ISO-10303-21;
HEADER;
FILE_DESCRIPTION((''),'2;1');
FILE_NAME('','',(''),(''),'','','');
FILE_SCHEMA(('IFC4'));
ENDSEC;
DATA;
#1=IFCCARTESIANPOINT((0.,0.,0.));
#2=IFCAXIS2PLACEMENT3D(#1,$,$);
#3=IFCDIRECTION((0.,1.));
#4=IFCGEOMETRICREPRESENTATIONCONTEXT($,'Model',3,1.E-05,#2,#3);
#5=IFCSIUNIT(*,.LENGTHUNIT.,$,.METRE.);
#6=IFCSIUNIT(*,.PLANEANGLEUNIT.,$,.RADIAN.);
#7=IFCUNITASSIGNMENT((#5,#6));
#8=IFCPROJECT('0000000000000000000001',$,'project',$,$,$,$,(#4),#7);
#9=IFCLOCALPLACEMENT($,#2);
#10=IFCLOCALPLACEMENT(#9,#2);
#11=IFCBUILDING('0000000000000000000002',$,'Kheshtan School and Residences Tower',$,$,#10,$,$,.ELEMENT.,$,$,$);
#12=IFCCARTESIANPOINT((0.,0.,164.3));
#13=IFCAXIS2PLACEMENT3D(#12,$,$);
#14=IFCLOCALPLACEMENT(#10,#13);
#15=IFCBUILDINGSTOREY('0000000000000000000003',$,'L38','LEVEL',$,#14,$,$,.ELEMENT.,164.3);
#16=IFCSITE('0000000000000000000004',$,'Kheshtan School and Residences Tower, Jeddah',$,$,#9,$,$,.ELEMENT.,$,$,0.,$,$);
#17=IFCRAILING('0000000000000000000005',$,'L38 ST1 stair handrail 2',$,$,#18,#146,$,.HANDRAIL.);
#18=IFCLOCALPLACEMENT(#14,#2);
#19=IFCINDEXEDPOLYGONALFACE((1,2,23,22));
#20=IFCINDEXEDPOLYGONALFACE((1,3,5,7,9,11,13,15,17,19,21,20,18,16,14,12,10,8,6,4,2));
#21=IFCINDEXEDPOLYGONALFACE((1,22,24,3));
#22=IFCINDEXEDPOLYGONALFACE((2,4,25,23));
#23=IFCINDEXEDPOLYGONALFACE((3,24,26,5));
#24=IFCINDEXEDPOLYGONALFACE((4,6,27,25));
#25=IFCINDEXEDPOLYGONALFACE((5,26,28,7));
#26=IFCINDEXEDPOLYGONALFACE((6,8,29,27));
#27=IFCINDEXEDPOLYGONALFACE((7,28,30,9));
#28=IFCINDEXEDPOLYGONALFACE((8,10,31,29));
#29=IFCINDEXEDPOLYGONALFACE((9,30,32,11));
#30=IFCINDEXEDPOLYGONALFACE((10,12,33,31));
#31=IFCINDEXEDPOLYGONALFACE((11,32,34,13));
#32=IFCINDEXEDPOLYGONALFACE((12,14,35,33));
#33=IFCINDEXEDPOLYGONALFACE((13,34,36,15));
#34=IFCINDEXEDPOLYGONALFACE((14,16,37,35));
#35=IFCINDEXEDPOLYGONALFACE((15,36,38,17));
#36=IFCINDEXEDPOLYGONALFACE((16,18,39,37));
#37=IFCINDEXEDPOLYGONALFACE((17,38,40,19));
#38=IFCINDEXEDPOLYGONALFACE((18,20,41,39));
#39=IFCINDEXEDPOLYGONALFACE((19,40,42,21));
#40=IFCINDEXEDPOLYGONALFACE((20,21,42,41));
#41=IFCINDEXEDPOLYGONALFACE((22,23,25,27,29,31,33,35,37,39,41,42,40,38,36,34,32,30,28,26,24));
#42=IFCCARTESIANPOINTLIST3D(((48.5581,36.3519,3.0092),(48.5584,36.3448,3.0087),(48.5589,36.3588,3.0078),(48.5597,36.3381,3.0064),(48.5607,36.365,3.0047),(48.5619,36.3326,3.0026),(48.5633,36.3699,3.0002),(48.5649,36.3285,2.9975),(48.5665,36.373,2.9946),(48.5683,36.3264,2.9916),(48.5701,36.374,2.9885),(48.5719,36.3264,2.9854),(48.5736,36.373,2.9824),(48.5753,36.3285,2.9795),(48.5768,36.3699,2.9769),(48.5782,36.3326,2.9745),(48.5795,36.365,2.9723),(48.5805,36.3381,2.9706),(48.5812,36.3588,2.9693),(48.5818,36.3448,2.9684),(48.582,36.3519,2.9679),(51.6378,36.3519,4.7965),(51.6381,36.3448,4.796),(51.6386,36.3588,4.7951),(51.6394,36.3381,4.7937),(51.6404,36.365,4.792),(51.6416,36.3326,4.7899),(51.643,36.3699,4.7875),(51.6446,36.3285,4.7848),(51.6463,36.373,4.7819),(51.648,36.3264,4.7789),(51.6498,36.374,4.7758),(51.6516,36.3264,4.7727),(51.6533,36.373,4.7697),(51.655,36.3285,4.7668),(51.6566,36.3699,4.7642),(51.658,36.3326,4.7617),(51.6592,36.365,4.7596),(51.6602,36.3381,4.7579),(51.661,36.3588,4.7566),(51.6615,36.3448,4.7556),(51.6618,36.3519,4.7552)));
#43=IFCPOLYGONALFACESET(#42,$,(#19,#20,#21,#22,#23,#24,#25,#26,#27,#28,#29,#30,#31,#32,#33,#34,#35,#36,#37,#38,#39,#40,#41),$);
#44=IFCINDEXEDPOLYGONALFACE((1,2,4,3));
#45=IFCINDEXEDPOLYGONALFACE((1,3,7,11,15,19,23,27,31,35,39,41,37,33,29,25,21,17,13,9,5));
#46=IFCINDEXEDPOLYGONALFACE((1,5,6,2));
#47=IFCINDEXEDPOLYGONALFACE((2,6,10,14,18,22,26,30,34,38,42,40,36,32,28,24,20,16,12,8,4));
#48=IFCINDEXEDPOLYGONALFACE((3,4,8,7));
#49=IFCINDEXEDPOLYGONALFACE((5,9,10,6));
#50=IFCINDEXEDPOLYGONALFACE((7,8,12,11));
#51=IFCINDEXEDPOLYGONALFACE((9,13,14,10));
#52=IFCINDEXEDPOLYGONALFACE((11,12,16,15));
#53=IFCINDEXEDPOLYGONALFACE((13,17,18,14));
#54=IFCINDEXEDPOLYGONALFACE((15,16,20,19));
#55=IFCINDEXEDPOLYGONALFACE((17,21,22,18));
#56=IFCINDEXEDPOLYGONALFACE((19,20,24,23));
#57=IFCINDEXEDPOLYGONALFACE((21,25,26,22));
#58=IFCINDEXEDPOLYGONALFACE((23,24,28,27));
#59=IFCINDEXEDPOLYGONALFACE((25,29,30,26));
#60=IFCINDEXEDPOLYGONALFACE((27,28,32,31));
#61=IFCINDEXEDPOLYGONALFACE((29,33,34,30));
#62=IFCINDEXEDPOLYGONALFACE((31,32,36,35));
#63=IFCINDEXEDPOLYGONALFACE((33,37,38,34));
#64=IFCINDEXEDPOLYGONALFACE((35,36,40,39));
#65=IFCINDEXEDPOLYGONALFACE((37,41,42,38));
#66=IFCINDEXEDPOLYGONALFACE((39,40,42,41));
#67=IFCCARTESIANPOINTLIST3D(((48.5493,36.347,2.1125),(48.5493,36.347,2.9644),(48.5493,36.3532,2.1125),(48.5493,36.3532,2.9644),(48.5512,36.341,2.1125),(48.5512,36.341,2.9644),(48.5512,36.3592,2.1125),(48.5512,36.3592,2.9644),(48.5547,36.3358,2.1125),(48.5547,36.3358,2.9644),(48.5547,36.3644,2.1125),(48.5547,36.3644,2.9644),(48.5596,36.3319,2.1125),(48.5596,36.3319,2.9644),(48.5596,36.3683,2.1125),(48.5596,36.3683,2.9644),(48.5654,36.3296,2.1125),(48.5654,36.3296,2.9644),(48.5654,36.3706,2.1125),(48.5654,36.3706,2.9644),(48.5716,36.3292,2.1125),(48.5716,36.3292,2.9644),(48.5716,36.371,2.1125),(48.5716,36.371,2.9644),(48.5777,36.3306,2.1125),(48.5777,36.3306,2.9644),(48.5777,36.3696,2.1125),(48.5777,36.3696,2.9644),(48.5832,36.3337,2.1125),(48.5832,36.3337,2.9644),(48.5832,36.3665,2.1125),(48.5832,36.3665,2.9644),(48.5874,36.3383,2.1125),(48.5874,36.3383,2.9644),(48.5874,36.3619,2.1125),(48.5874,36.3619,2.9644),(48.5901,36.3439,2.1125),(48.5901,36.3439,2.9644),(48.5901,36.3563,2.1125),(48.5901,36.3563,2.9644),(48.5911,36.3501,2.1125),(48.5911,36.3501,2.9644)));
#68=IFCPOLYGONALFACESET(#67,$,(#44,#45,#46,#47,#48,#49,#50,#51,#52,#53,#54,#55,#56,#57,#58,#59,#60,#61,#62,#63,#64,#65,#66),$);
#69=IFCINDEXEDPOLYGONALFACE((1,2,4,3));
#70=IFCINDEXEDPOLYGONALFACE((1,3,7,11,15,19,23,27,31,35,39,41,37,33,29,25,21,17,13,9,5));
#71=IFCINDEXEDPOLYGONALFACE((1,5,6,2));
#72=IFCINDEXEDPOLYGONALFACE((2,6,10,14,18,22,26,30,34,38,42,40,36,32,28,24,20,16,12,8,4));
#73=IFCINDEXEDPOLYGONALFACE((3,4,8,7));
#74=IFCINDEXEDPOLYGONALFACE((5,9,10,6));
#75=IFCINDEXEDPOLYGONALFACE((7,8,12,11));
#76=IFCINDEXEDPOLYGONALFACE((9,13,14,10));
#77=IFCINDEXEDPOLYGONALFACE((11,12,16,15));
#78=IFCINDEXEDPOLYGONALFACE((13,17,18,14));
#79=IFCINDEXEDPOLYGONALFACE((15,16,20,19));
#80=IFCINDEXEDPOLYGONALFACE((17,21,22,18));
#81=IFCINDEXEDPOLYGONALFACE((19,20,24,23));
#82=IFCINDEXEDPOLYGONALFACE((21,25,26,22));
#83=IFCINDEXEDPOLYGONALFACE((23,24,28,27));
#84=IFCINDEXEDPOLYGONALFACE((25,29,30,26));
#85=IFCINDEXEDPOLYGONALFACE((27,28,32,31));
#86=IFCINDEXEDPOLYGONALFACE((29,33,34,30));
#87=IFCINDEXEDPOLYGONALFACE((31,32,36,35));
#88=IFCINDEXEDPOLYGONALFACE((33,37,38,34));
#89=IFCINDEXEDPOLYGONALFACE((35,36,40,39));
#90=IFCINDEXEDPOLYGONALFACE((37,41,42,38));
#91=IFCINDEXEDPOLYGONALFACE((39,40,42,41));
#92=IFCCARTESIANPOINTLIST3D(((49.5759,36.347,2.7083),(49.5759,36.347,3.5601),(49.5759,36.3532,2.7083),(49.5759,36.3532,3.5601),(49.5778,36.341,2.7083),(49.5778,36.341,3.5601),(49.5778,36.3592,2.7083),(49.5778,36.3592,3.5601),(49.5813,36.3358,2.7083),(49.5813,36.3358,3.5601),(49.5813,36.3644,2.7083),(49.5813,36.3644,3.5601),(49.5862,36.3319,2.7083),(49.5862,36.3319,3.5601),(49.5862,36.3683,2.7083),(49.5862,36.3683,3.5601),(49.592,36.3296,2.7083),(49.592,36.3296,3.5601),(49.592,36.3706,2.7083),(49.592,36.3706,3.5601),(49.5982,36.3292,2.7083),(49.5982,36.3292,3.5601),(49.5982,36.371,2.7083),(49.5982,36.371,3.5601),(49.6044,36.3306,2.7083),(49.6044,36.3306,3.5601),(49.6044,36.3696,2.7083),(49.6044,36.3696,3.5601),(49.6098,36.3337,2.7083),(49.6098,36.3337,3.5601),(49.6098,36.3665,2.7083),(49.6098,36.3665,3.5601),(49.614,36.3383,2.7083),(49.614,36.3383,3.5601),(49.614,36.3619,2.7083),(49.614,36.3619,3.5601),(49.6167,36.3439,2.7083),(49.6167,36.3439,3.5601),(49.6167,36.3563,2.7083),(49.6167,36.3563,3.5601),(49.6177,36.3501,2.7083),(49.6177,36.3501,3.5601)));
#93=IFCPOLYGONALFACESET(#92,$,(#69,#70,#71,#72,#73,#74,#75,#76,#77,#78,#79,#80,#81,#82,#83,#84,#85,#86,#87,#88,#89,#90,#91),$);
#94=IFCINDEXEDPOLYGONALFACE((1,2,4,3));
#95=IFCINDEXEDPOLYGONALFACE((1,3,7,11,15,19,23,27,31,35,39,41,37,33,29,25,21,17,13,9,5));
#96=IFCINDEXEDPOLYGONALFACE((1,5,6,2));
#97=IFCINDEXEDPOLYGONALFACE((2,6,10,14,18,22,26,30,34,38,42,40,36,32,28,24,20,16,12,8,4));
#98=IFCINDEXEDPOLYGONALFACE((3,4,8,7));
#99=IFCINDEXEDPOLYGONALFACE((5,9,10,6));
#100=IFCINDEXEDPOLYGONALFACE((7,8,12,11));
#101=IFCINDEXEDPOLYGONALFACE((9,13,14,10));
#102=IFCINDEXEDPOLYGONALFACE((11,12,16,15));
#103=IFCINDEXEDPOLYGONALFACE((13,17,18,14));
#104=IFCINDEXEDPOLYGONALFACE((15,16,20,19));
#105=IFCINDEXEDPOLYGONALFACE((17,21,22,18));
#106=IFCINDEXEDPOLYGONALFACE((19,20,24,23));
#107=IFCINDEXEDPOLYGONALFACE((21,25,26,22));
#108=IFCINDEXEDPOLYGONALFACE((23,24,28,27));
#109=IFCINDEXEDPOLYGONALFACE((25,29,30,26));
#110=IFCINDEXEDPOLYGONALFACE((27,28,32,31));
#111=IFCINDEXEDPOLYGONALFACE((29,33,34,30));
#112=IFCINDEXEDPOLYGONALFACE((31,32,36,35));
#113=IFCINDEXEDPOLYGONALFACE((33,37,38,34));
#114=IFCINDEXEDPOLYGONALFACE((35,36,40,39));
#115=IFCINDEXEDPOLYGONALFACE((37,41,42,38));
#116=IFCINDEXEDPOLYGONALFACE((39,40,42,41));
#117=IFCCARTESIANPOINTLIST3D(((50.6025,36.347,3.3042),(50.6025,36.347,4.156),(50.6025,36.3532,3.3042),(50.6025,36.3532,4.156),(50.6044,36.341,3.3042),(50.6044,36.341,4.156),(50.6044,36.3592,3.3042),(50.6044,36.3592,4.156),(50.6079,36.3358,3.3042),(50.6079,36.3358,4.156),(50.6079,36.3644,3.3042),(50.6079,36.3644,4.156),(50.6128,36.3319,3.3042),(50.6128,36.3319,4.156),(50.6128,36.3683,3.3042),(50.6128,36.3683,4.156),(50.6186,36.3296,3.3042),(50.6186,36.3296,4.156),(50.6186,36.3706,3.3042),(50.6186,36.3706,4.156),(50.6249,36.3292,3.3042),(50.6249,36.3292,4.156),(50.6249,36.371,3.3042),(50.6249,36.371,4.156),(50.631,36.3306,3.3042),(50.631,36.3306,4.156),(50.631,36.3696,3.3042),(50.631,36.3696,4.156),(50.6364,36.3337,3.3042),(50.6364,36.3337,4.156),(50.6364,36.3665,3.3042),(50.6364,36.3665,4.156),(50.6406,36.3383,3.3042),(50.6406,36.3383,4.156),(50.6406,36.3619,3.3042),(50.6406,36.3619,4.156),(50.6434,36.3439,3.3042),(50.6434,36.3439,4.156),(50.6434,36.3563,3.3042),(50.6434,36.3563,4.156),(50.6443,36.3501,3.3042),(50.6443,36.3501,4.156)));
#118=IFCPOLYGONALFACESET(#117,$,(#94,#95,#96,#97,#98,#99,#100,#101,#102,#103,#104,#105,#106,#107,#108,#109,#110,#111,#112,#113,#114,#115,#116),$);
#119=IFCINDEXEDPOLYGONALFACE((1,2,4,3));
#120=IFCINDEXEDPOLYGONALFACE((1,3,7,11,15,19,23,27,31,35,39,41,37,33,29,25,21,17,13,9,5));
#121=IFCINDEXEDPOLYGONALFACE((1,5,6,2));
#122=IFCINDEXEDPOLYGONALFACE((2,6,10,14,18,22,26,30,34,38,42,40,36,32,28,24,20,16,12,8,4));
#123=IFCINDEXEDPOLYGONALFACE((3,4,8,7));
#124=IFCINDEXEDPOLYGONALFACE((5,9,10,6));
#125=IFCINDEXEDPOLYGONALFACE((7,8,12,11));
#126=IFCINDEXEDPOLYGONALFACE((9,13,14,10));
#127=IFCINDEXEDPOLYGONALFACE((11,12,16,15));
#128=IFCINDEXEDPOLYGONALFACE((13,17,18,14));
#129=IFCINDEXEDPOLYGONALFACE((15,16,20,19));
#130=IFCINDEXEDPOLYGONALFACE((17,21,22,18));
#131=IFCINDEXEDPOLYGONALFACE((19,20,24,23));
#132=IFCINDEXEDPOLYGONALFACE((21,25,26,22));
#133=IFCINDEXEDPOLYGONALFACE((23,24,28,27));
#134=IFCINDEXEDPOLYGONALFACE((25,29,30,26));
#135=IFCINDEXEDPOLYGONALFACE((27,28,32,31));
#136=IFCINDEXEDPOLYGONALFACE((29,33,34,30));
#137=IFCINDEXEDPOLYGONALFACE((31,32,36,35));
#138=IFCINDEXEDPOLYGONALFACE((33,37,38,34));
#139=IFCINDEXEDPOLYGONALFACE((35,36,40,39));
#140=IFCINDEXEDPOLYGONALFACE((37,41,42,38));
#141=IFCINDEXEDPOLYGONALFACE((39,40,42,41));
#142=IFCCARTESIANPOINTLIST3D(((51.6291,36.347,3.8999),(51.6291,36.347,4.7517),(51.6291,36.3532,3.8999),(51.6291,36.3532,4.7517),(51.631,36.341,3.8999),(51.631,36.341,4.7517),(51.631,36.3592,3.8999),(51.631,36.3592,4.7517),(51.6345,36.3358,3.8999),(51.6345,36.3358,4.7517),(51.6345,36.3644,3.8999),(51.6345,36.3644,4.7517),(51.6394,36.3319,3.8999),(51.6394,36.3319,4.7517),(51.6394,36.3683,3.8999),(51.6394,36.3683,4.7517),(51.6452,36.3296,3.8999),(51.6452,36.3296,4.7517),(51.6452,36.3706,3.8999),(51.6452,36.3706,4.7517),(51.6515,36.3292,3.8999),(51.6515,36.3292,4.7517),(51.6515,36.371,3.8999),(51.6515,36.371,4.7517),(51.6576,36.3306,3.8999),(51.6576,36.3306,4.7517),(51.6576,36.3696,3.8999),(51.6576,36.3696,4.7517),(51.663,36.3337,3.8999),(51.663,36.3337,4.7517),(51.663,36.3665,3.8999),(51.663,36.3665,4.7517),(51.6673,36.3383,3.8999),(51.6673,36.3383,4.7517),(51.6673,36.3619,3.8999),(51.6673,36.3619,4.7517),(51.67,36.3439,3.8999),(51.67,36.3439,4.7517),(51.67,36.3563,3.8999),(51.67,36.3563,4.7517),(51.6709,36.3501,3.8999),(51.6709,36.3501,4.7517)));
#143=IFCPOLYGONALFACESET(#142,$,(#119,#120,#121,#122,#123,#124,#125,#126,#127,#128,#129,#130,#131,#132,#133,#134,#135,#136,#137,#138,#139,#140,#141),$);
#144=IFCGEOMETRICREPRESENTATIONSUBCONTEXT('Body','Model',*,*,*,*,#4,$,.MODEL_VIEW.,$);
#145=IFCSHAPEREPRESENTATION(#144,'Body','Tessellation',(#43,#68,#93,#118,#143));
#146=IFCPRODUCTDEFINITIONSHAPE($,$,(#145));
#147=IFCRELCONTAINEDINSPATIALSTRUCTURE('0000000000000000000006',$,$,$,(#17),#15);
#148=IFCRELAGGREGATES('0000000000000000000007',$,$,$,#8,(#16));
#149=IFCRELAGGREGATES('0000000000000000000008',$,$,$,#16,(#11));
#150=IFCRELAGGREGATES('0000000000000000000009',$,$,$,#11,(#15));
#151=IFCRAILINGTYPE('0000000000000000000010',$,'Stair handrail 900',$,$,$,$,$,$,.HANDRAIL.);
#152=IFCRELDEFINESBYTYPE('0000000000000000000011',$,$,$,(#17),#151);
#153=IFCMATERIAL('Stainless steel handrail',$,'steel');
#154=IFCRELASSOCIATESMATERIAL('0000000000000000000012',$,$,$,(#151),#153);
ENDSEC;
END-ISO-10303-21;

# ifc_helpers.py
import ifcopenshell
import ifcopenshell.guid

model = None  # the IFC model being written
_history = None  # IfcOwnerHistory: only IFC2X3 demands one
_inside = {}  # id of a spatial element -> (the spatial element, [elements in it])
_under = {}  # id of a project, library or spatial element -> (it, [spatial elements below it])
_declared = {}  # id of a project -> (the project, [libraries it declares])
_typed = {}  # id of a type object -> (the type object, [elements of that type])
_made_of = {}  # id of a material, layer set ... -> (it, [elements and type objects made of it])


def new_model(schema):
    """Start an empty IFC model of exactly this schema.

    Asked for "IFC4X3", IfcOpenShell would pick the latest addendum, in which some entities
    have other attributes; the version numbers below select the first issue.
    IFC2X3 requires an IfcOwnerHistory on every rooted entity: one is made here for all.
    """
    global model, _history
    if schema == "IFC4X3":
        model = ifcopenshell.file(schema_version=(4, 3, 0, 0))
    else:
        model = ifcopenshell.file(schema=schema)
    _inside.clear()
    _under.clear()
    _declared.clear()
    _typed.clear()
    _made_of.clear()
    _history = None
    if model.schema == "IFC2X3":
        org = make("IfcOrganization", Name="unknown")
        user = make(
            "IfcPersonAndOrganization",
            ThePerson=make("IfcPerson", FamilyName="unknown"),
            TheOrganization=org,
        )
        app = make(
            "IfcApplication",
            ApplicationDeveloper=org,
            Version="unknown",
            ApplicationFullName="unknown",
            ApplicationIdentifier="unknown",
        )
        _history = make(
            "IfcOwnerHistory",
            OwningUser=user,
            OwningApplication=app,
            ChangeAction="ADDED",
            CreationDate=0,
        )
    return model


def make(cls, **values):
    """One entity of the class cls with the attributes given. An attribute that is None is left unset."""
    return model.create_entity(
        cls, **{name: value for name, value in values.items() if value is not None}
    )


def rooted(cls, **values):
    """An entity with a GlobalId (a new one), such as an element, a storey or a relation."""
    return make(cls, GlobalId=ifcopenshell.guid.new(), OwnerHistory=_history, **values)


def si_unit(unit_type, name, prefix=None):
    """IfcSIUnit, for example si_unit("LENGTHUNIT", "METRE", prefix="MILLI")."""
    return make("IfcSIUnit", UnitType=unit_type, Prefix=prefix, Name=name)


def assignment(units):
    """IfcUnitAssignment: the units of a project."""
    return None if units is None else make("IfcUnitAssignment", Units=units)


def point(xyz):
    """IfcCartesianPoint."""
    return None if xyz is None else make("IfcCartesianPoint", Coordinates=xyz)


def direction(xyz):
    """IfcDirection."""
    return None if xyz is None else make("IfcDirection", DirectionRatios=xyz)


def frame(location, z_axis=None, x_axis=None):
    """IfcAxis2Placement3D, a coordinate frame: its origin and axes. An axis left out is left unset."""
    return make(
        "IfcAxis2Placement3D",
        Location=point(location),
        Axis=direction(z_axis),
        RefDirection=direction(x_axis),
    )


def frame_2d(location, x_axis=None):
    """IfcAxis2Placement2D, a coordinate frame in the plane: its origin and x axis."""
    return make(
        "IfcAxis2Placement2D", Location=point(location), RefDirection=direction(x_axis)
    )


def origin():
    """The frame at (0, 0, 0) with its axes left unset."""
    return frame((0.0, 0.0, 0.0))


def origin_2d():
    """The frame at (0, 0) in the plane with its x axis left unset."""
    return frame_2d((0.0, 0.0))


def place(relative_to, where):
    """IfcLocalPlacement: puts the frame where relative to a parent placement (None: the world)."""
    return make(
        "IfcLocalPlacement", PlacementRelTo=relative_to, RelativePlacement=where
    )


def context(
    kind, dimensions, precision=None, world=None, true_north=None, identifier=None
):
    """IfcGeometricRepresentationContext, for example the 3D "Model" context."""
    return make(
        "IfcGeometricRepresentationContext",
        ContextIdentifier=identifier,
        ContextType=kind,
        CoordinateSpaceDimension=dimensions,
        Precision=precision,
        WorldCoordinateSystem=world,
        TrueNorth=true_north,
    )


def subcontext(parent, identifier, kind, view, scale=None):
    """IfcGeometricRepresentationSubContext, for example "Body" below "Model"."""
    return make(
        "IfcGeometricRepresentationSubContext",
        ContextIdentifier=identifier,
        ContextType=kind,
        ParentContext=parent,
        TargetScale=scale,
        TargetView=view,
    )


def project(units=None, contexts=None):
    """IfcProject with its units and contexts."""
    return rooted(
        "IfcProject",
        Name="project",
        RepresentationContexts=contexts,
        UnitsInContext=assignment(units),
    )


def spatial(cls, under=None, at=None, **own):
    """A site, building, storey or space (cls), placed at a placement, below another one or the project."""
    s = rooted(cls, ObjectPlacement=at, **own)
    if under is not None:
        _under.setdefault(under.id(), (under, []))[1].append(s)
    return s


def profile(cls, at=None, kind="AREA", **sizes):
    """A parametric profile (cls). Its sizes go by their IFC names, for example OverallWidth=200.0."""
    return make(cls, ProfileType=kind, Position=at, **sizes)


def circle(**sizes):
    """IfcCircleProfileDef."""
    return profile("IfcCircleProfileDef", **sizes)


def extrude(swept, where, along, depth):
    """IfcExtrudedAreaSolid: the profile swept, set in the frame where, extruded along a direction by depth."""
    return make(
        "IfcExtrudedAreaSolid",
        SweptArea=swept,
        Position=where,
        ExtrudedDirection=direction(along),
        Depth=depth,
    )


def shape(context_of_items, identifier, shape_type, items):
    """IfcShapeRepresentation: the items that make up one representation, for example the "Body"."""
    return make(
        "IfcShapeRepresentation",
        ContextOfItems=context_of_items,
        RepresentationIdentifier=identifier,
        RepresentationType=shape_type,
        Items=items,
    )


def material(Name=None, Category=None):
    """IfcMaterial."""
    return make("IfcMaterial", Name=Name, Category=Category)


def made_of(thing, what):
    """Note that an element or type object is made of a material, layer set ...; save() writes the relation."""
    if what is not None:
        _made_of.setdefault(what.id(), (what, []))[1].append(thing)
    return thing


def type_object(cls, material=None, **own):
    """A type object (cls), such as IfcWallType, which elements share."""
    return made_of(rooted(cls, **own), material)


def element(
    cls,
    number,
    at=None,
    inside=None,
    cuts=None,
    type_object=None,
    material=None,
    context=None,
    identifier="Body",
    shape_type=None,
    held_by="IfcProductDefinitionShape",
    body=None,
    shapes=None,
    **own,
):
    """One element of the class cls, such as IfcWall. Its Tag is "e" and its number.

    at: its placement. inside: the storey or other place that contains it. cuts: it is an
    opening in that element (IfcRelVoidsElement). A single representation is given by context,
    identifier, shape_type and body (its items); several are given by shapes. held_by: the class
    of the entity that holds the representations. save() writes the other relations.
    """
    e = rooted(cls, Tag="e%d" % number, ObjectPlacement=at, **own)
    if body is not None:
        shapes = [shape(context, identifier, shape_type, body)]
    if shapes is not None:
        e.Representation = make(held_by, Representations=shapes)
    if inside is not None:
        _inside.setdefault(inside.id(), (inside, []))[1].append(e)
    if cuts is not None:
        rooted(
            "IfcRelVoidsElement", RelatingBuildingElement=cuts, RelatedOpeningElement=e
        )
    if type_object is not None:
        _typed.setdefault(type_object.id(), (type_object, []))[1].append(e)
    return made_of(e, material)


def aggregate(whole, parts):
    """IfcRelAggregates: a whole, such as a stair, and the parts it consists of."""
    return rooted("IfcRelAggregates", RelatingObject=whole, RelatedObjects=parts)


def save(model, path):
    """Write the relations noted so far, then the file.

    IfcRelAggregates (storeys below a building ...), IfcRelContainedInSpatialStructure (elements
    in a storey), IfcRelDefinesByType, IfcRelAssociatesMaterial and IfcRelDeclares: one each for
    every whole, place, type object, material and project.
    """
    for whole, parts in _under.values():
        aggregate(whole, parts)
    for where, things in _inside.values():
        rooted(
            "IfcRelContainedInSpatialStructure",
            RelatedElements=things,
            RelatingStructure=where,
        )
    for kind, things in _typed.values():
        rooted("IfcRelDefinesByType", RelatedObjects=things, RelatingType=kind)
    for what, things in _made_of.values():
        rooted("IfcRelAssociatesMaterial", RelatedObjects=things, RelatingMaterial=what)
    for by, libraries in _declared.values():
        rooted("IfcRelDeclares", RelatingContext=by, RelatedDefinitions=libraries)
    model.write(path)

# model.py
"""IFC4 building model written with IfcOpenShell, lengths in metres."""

from ifc_helpers import new_model, si_unit, direction, frame, origin, origin_2d, place, context, subcontext, project, spatial, circle, extrude, material, type_object, element, save


model = new_model("IFC4")

# Units and contexts
model_context = context("Model", 3, precision=1e-05, world=origin(), true_north=direction((0.0, 1.0)))
body_context = subcontext(model_context, "Body", "Model", "MODEL_VIEW")
ifc_project = project(units=[si_unit("LENGTHUNIT", "METRE"), si_unit("PLANEANGLEUNIT", "RADIAN")], contexts=[model_context])

# Site, building, storey
site_placement = place(None, origin())
site = spatial("IfcSite", under=ifc_project, at=site_placement, Name="Kheshtan School and Residences Tower, Jeddah", CompositionType="ELEMENT", RefElevation=0.0)
building_placement = place(site_placement, origin())
building = spatial("IfcBuilding", under=site, at=building_placement, Name="Kheshtan School and Residences Tower", CompositionType="ELEMENT")
storey_placement = place(building_placement, frame((0.0, 0.0, 164.3)))
storey = spatial("IfcBuildingStorey", under=building, at=storey_placement, Name="L38", Description="LEVEL", CompositionType="ELEMENT", Elevation=164.3)

# Railing
ifc_material_1 = material(Name="Stainless steel handrail", Category="steel")
railing_type_1 = type_object("IfcRailingType", Name="Stair handrail 900", PredefinedType="HANDRAIL", material=ifc_material_1)
railing_1_placement = place(storey_placement, frame((48.5701, 36.3501, 2.1125)))
element("IfcRailing", 1, at=railing_1_placement, inside=storey, type_object=railing_type_1, Name="L38 ST1 stair handrail 2", PredefinedType="HANDRAIL", context=body_context, shape_type="SweptSolid", body=[
    extrude(circle(Radius=0.0239, at=origin_2d()), frame((0.0, 0.0, 0.876), z_axis=(0.864903, 0.0, 0.501939), x_axis=(0.0, 1.0, 0.0)), (0.0, 0.0, 1.0), 3.5608),
    extrude(circle(Radius=0.021, at=origin_2d()), origin(), (0.0, 0.0, 1.0), 0.8518),
    extrude(circle(Radius=0.021, at=origin_2d()), frame((1.0266, 0.0, 0.5957)), (0.0, 0.0, 1.0), 0.8518),
    extrude(circle(Radius=0.021, at=origin_2d()), frame((2.0532, 0.0, 1.1917)), (0.0, 0.0, 1.0), 0.8518),
    extrude(circle(Radius=0.021, at=origin_2d()), frame((3.0798, 0.0, 1.7874)), (0.0, 0.0, 1.0), 0.8518),
])

save(model, "model.ifc")
